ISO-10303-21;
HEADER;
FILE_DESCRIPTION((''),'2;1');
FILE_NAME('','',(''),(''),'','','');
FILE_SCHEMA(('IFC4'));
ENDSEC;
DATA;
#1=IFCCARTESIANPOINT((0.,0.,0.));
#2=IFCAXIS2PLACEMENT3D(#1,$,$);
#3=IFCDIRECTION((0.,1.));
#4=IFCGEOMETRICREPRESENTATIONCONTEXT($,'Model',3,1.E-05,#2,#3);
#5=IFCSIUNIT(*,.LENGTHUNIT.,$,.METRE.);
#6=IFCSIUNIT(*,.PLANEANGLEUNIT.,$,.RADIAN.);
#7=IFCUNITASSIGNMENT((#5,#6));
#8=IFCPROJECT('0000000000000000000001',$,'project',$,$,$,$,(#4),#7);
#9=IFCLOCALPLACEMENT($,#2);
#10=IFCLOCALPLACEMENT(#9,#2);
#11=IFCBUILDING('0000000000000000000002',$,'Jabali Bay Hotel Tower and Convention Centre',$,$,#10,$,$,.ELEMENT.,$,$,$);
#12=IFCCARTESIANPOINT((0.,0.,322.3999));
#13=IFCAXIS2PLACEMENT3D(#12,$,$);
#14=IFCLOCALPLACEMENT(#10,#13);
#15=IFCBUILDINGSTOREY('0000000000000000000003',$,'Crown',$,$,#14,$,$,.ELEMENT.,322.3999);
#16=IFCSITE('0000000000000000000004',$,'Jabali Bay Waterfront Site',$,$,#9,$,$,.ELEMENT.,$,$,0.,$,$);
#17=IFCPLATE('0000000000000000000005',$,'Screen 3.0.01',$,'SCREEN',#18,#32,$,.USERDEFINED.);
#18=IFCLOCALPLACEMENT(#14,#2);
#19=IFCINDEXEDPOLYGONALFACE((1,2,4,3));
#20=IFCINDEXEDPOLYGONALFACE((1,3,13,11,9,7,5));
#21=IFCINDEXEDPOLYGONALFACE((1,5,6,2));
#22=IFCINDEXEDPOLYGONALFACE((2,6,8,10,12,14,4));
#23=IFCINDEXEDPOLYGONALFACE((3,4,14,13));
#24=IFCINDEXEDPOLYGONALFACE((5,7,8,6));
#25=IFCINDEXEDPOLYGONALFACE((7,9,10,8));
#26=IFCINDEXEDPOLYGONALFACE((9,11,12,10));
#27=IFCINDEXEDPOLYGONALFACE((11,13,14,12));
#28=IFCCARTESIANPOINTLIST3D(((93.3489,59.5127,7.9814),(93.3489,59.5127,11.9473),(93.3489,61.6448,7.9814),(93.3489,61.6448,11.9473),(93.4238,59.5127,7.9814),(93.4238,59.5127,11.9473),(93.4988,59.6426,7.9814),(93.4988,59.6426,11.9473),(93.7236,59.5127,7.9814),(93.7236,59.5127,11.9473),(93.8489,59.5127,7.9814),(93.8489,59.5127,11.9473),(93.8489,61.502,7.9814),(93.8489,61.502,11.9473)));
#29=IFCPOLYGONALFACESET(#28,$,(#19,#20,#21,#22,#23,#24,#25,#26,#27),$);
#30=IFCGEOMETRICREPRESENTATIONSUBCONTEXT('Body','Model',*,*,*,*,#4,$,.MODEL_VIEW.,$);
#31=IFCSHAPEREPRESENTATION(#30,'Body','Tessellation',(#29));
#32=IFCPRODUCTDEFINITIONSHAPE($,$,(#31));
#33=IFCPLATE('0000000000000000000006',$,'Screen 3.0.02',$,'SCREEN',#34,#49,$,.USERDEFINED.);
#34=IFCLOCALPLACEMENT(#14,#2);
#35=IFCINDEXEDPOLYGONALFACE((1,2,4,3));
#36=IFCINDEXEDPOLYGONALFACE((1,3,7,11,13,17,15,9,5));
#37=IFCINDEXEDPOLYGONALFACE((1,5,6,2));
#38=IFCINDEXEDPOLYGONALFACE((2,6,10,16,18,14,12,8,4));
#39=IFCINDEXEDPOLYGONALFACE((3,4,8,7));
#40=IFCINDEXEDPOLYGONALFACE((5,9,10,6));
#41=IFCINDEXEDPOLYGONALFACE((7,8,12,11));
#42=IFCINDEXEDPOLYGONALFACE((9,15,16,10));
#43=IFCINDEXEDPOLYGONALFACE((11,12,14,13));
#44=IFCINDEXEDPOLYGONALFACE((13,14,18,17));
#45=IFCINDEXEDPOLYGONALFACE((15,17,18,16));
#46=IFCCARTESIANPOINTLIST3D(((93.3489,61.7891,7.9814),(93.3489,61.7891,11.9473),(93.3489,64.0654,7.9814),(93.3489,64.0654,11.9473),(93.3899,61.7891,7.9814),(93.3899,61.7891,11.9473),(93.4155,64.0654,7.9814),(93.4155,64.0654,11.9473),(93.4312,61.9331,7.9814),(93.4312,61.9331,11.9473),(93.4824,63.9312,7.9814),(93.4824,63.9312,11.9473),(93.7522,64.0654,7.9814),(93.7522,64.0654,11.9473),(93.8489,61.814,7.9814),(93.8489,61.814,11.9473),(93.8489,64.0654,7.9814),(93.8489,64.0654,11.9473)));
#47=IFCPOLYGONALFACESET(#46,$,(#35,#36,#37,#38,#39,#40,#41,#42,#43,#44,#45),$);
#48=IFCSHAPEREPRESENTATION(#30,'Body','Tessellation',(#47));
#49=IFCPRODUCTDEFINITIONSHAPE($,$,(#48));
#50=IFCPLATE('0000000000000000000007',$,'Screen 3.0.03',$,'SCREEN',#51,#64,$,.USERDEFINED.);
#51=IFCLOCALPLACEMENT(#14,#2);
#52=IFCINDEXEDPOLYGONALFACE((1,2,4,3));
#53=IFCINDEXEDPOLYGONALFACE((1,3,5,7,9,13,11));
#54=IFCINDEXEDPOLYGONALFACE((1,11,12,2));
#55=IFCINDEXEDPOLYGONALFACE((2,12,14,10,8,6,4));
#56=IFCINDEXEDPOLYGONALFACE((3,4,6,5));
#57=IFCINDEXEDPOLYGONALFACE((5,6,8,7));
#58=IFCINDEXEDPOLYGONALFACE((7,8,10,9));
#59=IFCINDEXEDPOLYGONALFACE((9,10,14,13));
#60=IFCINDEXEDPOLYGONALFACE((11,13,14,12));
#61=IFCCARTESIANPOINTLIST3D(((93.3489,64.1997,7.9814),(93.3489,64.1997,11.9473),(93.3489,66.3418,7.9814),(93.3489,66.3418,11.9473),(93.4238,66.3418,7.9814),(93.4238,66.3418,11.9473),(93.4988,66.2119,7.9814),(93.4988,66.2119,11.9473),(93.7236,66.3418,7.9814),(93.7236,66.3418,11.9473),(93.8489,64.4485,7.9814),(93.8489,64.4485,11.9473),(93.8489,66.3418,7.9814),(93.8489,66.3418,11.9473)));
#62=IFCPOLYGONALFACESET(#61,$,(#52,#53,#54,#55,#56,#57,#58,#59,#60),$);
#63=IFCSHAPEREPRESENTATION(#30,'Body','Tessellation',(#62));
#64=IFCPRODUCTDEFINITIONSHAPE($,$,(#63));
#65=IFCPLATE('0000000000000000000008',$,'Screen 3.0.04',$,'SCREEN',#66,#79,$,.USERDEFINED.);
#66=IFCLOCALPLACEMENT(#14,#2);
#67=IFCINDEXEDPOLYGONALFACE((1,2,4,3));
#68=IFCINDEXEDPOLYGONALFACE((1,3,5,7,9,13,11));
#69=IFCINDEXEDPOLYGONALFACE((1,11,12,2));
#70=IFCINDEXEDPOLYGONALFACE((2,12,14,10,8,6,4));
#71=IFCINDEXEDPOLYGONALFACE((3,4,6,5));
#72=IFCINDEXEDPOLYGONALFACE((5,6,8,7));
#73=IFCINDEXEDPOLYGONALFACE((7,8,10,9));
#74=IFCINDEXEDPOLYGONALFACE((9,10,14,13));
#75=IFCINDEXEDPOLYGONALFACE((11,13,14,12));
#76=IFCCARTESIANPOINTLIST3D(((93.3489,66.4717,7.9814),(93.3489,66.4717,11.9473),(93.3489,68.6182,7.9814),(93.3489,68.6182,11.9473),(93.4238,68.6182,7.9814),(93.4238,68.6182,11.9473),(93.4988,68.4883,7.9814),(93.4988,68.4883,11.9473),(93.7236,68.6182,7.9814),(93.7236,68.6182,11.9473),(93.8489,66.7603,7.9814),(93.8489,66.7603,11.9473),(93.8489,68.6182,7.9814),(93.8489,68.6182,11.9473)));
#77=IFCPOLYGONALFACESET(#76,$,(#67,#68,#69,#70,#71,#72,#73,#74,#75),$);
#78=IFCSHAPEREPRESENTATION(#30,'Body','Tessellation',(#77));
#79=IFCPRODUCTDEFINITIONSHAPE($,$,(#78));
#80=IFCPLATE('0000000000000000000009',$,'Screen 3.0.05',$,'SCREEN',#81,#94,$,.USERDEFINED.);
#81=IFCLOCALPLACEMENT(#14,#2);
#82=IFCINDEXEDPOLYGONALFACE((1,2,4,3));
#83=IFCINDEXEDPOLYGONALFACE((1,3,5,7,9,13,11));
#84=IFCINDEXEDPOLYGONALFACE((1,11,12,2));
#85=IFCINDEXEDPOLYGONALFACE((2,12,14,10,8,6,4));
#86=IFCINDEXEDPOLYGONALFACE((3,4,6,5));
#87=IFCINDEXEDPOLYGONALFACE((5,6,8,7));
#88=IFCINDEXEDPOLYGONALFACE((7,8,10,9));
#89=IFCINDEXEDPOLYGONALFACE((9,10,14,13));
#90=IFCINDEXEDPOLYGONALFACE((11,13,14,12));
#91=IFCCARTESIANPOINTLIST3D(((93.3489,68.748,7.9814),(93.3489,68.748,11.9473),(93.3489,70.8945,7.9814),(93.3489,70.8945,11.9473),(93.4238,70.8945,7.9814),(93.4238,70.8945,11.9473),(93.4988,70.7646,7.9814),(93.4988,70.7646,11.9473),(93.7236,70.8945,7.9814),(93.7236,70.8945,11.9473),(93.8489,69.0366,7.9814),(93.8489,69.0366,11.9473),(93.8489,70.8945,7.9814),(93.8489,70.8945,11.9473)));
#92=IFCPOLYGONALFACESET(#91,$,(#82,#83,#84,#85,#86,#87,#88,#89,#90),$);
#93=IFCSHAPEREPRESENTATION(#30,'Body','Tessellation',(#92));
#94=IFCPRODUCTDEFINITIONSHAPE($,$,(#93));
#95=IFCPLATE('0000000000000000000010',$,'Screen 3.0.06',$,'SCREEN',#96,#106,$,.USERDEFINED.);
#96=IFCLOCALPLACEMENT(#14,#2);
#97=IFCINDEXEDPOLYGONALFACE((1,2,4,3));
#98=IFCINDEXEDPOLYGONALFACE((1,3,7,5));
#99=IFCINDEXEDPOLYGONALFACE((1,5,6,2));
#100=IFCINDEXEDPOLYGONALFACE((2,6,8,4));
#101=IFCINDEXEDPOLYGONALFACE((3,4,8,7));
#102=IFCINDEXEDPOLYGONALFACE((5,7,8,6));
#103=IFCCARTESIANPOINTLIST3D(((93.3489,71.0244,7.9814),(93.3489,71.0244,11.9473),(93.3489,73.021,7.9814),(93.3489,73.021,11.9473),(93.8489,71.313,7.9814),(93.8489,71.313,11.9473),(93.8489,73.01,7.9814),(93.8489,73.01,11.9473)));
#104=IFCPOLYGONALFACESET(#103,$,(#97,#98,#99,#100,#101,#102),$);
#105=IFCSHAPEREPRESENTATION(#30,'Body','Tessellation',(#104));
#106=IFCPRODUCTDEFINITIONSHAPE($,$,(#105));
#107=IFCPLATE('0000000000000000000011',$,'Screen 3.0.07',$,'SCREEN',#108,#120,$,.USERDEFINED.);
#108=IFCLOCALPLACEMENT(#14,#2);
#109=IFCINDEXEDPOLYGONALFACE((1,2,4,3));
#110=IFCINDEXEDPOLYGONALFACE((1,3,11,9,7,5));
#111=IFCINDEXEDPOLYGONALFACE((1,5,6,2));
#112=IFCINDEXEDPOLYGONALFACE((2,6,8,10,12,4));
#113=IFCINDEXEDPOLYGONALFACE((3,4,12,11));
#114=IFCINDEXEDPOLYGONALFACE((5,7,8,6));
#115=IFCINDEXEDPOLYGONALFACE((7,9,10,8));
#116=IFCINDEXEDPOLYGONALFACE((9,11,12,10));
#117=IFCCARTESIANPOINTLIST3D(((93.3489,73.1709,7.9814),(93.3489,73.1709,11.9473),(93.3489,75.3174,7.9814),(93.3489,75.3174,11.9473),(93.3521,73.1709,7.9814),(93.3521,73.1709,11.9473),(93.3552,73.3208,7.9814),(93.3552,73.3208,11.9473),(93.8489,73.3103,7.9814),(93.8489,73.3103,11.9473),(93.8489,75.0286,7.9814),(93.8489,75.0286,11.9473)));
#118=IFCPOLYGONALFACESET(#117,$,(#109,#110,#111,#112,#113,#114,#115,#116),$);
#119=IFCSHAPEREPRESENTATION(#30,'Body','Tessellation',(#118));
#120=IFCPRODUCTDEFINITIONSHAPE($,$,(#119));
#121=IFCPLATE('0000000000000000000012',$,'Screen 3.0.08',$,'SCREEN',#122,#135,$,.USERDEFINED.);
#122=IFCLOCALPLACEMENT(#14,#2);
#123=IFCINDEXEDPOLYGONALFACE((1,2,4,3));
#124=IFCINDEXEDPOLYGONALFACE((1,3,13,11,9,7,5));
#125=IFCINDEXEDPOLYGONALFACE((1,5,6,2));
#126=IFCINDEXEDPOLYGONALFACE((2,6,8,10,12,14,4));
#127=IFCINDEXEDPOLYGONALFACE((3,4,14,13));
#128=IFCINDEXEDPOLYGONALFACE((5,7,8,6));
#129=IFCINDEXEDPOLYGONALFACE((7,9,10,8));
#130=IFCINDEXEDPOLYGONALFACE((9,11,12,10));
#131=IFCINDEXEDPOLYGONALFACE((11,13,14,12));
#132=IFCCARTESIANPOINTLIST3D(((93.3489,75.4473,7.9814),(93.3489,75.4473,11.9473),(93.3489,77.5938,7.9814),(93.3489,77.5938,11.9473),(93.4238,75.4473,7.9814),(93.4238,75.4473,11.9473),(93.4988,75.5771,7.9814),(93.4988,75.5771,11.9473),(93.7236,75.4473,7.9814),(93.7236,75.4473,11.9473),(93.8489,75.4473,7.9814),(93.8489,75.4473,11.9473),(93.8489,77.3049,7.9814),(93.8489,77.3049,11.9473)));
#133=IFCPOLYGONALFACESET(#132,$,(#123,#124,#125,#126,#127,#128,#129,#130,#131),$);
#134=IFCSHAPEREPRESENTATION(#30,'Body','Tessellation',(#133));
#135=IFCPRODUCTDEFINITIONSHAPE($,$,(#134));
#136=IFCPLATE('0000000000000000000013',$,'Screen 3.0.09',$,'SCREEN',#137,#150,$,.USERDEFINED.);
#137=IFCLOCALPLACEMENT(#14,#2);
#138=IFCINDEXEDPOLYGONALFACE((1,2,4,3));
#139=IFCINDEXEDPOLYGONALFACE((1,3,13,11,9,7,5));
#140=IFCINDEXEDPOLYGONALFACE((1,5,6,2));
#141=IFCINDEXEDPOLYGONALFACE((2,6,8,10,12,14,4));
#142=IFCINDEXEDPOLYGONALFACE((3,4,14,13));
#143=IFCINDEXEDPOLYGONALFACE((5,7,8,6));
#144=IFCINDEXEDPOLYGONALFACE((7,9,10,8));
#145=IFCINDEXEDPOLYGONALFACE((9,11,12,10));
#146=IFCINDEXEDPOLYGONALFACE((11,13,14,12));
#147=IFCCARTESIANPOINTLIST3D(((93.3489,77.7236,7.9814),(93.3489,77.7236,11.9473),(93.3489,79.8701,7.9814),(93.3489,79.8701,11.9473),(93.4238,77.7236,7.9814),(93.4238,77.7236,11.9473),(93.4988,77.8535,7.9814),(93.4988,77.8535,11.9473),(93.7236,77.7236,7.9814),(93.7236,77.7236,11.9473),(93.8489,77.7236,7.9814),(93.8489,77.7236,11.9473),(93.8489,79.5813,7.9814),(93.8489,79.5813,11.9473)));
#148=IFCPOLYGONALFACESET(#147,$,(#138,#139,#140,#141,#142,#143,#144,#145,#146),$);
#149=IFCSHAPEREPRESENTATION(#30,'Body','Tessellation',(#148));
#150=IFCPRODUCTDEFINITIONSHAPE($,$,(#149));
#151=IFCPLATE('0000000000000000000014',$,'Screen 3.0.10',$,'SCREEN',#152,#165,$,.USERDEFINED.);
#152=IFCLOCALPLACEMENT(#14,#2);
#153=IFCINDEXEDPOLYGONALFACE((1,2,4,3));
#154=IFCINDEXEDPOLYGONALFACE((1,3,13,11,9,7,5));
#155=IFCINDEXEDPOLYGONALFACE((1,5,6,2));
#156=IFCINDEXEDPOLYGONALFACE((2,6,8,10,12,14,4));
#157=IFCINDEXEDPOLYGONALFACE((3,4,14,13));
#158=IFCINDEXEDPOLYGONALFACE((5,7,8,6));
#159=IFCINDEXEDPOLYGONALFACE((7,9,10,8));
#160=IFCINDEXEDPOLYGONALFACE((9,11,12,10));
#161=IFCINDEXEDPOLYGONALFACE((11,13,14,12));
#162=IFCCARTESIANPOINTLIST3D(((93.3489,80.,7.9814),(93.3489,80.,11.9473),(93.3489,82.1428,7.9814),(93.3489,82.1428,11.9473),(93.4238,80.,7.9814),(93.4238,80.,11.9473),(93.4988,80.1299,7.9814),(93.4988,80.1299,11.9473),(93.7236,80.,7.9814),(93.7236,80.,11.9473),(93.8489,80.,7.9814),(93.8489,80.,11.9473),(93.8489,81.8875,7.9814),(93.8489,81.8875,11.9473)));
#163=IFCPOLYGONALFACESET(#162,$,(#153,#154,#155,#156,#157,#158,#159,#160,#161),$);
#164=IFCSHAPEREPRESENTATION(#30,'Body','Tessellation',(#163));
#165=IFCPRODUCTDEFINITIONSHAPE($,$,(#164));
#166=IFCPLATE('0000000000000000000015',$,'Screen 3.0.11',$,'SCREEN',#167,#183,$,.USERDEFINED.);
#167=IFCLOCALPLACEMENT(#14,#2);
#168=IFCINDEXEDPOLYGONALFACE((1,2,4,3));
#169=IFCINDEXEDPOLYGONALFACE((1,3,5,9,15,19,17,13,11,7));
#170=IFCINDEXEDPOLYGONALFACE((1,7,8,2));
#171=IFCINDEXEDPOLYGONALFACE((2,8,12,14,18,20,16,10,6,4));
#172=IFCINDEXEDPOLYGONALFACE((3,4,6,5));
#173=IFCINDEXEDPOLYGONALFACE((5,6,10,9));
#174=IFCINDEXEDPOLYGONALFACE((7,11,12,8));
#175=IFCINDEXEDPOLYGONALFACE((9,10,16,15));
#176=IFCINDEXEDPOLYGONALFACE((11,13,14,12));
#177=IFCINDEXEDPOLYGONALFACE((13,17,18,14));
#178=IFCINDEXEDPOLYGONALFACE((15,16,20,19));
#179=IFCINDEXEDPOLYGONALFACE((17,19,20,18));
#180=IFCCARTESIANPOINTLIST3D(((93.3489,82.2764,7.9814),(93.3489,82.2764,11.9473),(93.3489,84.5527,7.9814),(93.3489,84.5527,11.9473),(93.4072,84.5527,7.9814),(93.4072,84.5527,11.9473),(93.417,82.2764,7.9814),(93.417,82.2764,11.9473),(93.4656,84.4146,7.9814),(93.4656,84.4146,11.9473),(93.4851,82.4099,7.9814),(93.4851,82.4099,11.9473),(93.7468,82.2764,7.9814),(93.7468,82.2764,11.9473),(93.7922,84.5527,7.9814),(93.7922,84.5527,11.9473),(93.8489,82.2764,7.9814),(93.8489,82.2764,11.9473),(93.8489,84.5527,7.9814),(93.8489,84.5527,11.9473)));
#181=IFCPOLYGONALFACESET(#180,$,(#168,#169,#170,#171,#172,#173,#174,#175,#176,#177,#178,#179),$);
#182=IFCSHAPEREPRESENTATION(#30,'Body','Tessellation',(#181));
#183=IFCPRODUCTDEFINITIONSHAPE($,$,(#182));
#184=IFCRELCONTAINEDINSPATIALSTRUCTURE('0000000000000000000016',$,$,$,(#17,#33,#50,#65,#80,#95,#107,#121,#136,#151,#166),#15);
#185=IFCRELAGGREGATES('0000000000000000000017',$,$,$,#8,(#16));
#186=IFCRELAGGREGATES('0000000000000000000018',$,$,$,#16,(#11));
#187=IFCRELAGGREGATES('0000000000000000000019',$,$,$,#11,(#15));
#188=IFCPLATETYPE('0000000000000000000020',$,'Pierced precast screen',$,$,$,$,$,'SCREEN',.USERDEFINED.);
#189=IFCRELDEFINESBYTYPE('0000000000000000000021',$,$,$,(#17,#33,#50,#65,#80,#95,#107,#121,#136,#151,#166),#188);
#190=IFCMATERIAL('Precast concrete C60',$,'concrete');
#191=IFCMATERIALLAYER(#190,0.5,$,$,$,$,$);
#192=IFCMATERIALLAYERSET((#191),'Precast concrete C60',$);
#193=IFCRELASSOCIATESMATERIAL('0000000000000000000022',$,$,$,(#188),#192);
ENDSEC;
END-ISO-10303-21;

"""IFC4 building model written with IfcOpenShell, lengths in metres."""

from ifc_helpers import new_model, si_unit, direction, frame, origin, place, context, subcontext, project, spatial, polyline, outline, extrude, material, layer, layer_set, type_object, element, save


model = new_model("IFC4")

# Units and contexts
model_context = context("Model", 3, precision=1e-05, world=origin(), true_north=direction((0.0, 1.0)))
body_context = subcontext(model_context, "Body", "Model", "MODEL_VIEW")
ifc_project = project(units=[si_unit("LENGTHUNIT", "METRE"), si_unit("PLANEANGLEUNIT", "RADIAN")], contexts=[model_context])

# Site, building, storey
site_placement = place(None, origin())
site = spatial("IfcSite", under=ifc_project, at=site_placement, Name="Jabali Bay Waterfront Site", CompositionType="ELEMENT", RefElevation=0.0)
building_placement = place(site_placement, origin())
building = spatial("IfcBuilding", under=site, at=building_placement, Name="Jabali Bay Hotel Tower and Convention Centre", CompositionType="ELEMENT")
storey_placement = place(building_placement, frame((0.0, 0.0, 322.3999)))
storey = spatial("IfcBuildingStorey", under=building, at=storey_placement, Name="Crown", CompositionType="ELEMENT", Elevation=322.3999)

# Plates
ifc_material = material(Name="Precast concrete C60", Category="concrete")
ifc_layer = layer(ifc_material, 0.5)
ifc_layer_set = layer_set([ifc_layer], Name="Precast concrete C60")
plate_type = type_object("IfcPlateType", Name="Pierced precast screen", ElementType="SCREEN", PredefinedType="USERDEFINED", material=ifc_layer_set)
plate_1_placement = place(storey_placement, frame((0.0, 0.0, 7.9814)))
element("IfcPlate", 1, at=plate_1_placement, inside=storey, type_object=plate_type, Name="Screen 3.0.01", ObjectType="SCREEN", PredefinedType="USERDEFINED", context=body_context, shape_type="SweptSolid", body=[
    extrude(outline(polyline([(93.3489, 61.6448), (93.3489, 59.5127), (93.4238, 59.5127), (93.4988, 59.6426), (93.7236, 59.5127), (93.8489, 59.5127), (93.8489, 61.502), (93.3489, 61.6448)])), origin(), (0.0, 0.0, 1.0), 3.9658),
])
plate_2_placement = place(storey_placement, frame((0.0, 0.0, 7.9814)))
element("IfcPlate", 2, at=plate_2_placement, inside=storey, type_object=plate_type, Name="Screen 3.0.02", ObjectType="SCREEN", PredefinedType="USERDEFINED", context=body_context, shape_type="SweptSolid", body=[
    extrude(outline(polyline([(93.3489, 64.0654), (93.3489, 61.7891), (93.3899, 61.7891), (93.4312, 61.9331), (93.8489, 61.814), (93.8489, 64.0654), (93.7522, 64.0654), (93.4824, 63.9312), (93.4155, 64.0654), (93.3489, 64.0654)])), origin(), (0.0, 0.0, 1.0), 3.9658),
])
plate_3_placement = place(storey_placement, frame((0.0, 0.0, 7.9814)))
element("IfcPlate", 3, at=plate_3_placement, inside=storey, type_object=plate_type, Name="Screen 3.0.03", ObjectType="SCREEN", PredefinedType="USERDEFINED", context=body_context, shape_type="SweptSolid", body=[
    extrude(outline(polyline([(93.3489, 66.3418), (93.3489, 64.1997), (93.8489, 64.4485), (93.8489, 66.3418), (93.7236, 66.3418), (93.4988, 66.2119), (93.4238, 66.3418), (93.3489, 66.3418)])), origin(), (0.0, 0.0, 1.0), 3.9658),
])
plate_4_placement = place(storey_placement, frame((0.0, 0.0, 7.9814)))
element("IfcPlate", 4, at=plate_4_placement, inside=storey, type_object=plate_type, Name="Screen 3.0.04", ObjectType="SCREEN", PredefinedType="USERDEFINED", context=body_context, shape_type="SweptSolid", body=[
    extrude(outline(polyline([(93.3489, 68.6182), (93.3489, 66.4717), (93.8489, 66.7603), (93.8489, 68.6182), (93.7236, 68.6182), (93.4988, 68.4883), (93.4238, 68.6182), (93.3489, 68.6182)])), origin(), (0.0, 0.0, 1.0), 3.9658),
])
plate_5_placement = place(storey_placement, frame((0.0, 0.0, 7.9814)))
element("IfcPlate", 5, at=plate_5_placement, inside=storey, type_object=plate_type, Name="Screen 3.0.05", ObjectType="SCREEN", PredefinedType="USERDEFINED", context=body_context, shape_type="SweptSolid", body=[
    extrude(outline(polyline([(93.3489, 70.8945), (93.3489, 68.748), (93.8489, 69.0366), (93.8489, 70.8945), (93.7236, 70.8945), (93.4988, 70.7646), (93.4238, 70.8945), (93.3489, 70.8945)])), origin(), (0.0, 0.0, 1.0), 3.9658),
])
plate_6_placement = place(storey_placement, frame((0.0, 0.0, 7.9814)))
element("IfcPlate", 6, at=plate_6_placement, inside=storey, type_object=plate_type, Name="Screen 3.0.06", ObjectType="SCREEN", PredefinedType="USERDEFINED", context=body_context, shape_type="SweptSolid", body=[
    extrude(outline(polyline([(93.3489, 73.021), (93.3489, 71.0244), (93.8489, 71.313), (93.8489, 73.01), (93.3489, 73.021)])), origin(), (0.0, 0.0, 1.0), 3.9658),
])
plate_7_placement = place(storey_placement, frame((0.0, 0.0, 7.9814)))
element("IfcPlate", 7, at=plate_7_placement, inside=storey, type_object=plate_type, Name="Screen 3.0.07", ObjectType="SCREEN", PredefinedType="USERDEFINED", context=body_context, shape_type="SweptSolid", body=[
    extrude(outline(polyline([(93.3489, 75.3174), (93.3489, 73.1709), (93.3521, 73.1709), (93.3552, 73.3208), (93.8489, 73.3103), (93.8489, 75.0286), (93.3489, 75.3174)])), origin(), (0.0, 0.0, 1.0), 3.9658),
])
plate_8_placement = place(storey_placement, frame((0.0, 0.0, 7.9814)))
element("IfcPlate", 8, at=plate_8_placement, inside=storey, type_object=plate_type, Name="Screen 3.0.08", ObjectType="SCREEN", PredefinedType="USERDEFINED", context=body_context, shape_type="SweptSolid", body=[
    extrude(outline(polyline([(93.3489, 77.5938), (93.3489, 75.4473), (93.4238, 75.4473), (93.4988, 75.5771), (93.7236, 75.4473), (93.8489, 75.4473), (93.8489, 77.3049), (93.3489, 77.5938)])), origin(), (0.0, 0.0, 1.0), 3.9658),
])
plate_9_placement = place(storey_placement, frame((0.0, 0.0, 7.9814)))
element("IfcPlate", 9, at=plate_9_placement, inside=storey, type_object=plate_type, Name="Screen 3.0.09", ObjectType="SCREEN", PredefinedType="USERDEFINED", context=body_context, shape_type="SweptSolid", body=[
    extrude(outline(polyline([(93.3489, 79.8701), (93.3489, 77.7236), (93.4238, 77.7236), (93.4988, 77.8535), (93.7236, 77.7236), (93.8489, 77.7236), (93.8489, 79.5813), (93.3489, 79.8701)])), origin(), (0.0, 0.0, 1.0), 3.9658),
])
plate_10_placement = place(storey_placement, frame((0.0, 0.0, 7.9814)))
element("IfcPlate", 10, at=plate_10_placement, inside=storey, type_object=plate_type, Name="Screen 3.0.10", ObjectType="SCREEN", PredefinedType="USERDEFINED", context=body_context, shape_type="SweptSolid", body=[
    extrude(outline(polyline([(93.3489, 82.1428), (93.3489, 80.0), (93.4238, 80.0), (93.4988, 80.1299), (93.7236, 80.0), (93.8489, 80.0), (93.8489, 81.8875), (93.3489, 82.1428)])), origin(), (0.0, 0.0, 1.0), 3.9658),
])
plate_11_placement = place(storey_placement, frame((0.0, 0.0, 7.9814)))
element("IfcPlate", 11, at=plate_11_placement, inside=storey, type_object=plate_type, Name="Screen 3.0.11", ObjectType="SCREEN", PredefinedType="USERDEFINED", context=body_context, shape_type="SweptSolid", body=[
    extrude(outline(polyline([(93.3489, 84.5527), (93.3489, 82.2764), (93.417, 82.2764), (93.4851, 82.4099), (93.7468, 82.2764), (93.8489, 82.2764), (93.8489, 84.5527), (93.7922, 84.5527), (93.4656, 84.4146), (93.4072, 84.5527), (93.3489, 84.5527)])), origin(), (0.0, 0.0, 1.0), 3.9658),
])

save(model, "model.ifc")
